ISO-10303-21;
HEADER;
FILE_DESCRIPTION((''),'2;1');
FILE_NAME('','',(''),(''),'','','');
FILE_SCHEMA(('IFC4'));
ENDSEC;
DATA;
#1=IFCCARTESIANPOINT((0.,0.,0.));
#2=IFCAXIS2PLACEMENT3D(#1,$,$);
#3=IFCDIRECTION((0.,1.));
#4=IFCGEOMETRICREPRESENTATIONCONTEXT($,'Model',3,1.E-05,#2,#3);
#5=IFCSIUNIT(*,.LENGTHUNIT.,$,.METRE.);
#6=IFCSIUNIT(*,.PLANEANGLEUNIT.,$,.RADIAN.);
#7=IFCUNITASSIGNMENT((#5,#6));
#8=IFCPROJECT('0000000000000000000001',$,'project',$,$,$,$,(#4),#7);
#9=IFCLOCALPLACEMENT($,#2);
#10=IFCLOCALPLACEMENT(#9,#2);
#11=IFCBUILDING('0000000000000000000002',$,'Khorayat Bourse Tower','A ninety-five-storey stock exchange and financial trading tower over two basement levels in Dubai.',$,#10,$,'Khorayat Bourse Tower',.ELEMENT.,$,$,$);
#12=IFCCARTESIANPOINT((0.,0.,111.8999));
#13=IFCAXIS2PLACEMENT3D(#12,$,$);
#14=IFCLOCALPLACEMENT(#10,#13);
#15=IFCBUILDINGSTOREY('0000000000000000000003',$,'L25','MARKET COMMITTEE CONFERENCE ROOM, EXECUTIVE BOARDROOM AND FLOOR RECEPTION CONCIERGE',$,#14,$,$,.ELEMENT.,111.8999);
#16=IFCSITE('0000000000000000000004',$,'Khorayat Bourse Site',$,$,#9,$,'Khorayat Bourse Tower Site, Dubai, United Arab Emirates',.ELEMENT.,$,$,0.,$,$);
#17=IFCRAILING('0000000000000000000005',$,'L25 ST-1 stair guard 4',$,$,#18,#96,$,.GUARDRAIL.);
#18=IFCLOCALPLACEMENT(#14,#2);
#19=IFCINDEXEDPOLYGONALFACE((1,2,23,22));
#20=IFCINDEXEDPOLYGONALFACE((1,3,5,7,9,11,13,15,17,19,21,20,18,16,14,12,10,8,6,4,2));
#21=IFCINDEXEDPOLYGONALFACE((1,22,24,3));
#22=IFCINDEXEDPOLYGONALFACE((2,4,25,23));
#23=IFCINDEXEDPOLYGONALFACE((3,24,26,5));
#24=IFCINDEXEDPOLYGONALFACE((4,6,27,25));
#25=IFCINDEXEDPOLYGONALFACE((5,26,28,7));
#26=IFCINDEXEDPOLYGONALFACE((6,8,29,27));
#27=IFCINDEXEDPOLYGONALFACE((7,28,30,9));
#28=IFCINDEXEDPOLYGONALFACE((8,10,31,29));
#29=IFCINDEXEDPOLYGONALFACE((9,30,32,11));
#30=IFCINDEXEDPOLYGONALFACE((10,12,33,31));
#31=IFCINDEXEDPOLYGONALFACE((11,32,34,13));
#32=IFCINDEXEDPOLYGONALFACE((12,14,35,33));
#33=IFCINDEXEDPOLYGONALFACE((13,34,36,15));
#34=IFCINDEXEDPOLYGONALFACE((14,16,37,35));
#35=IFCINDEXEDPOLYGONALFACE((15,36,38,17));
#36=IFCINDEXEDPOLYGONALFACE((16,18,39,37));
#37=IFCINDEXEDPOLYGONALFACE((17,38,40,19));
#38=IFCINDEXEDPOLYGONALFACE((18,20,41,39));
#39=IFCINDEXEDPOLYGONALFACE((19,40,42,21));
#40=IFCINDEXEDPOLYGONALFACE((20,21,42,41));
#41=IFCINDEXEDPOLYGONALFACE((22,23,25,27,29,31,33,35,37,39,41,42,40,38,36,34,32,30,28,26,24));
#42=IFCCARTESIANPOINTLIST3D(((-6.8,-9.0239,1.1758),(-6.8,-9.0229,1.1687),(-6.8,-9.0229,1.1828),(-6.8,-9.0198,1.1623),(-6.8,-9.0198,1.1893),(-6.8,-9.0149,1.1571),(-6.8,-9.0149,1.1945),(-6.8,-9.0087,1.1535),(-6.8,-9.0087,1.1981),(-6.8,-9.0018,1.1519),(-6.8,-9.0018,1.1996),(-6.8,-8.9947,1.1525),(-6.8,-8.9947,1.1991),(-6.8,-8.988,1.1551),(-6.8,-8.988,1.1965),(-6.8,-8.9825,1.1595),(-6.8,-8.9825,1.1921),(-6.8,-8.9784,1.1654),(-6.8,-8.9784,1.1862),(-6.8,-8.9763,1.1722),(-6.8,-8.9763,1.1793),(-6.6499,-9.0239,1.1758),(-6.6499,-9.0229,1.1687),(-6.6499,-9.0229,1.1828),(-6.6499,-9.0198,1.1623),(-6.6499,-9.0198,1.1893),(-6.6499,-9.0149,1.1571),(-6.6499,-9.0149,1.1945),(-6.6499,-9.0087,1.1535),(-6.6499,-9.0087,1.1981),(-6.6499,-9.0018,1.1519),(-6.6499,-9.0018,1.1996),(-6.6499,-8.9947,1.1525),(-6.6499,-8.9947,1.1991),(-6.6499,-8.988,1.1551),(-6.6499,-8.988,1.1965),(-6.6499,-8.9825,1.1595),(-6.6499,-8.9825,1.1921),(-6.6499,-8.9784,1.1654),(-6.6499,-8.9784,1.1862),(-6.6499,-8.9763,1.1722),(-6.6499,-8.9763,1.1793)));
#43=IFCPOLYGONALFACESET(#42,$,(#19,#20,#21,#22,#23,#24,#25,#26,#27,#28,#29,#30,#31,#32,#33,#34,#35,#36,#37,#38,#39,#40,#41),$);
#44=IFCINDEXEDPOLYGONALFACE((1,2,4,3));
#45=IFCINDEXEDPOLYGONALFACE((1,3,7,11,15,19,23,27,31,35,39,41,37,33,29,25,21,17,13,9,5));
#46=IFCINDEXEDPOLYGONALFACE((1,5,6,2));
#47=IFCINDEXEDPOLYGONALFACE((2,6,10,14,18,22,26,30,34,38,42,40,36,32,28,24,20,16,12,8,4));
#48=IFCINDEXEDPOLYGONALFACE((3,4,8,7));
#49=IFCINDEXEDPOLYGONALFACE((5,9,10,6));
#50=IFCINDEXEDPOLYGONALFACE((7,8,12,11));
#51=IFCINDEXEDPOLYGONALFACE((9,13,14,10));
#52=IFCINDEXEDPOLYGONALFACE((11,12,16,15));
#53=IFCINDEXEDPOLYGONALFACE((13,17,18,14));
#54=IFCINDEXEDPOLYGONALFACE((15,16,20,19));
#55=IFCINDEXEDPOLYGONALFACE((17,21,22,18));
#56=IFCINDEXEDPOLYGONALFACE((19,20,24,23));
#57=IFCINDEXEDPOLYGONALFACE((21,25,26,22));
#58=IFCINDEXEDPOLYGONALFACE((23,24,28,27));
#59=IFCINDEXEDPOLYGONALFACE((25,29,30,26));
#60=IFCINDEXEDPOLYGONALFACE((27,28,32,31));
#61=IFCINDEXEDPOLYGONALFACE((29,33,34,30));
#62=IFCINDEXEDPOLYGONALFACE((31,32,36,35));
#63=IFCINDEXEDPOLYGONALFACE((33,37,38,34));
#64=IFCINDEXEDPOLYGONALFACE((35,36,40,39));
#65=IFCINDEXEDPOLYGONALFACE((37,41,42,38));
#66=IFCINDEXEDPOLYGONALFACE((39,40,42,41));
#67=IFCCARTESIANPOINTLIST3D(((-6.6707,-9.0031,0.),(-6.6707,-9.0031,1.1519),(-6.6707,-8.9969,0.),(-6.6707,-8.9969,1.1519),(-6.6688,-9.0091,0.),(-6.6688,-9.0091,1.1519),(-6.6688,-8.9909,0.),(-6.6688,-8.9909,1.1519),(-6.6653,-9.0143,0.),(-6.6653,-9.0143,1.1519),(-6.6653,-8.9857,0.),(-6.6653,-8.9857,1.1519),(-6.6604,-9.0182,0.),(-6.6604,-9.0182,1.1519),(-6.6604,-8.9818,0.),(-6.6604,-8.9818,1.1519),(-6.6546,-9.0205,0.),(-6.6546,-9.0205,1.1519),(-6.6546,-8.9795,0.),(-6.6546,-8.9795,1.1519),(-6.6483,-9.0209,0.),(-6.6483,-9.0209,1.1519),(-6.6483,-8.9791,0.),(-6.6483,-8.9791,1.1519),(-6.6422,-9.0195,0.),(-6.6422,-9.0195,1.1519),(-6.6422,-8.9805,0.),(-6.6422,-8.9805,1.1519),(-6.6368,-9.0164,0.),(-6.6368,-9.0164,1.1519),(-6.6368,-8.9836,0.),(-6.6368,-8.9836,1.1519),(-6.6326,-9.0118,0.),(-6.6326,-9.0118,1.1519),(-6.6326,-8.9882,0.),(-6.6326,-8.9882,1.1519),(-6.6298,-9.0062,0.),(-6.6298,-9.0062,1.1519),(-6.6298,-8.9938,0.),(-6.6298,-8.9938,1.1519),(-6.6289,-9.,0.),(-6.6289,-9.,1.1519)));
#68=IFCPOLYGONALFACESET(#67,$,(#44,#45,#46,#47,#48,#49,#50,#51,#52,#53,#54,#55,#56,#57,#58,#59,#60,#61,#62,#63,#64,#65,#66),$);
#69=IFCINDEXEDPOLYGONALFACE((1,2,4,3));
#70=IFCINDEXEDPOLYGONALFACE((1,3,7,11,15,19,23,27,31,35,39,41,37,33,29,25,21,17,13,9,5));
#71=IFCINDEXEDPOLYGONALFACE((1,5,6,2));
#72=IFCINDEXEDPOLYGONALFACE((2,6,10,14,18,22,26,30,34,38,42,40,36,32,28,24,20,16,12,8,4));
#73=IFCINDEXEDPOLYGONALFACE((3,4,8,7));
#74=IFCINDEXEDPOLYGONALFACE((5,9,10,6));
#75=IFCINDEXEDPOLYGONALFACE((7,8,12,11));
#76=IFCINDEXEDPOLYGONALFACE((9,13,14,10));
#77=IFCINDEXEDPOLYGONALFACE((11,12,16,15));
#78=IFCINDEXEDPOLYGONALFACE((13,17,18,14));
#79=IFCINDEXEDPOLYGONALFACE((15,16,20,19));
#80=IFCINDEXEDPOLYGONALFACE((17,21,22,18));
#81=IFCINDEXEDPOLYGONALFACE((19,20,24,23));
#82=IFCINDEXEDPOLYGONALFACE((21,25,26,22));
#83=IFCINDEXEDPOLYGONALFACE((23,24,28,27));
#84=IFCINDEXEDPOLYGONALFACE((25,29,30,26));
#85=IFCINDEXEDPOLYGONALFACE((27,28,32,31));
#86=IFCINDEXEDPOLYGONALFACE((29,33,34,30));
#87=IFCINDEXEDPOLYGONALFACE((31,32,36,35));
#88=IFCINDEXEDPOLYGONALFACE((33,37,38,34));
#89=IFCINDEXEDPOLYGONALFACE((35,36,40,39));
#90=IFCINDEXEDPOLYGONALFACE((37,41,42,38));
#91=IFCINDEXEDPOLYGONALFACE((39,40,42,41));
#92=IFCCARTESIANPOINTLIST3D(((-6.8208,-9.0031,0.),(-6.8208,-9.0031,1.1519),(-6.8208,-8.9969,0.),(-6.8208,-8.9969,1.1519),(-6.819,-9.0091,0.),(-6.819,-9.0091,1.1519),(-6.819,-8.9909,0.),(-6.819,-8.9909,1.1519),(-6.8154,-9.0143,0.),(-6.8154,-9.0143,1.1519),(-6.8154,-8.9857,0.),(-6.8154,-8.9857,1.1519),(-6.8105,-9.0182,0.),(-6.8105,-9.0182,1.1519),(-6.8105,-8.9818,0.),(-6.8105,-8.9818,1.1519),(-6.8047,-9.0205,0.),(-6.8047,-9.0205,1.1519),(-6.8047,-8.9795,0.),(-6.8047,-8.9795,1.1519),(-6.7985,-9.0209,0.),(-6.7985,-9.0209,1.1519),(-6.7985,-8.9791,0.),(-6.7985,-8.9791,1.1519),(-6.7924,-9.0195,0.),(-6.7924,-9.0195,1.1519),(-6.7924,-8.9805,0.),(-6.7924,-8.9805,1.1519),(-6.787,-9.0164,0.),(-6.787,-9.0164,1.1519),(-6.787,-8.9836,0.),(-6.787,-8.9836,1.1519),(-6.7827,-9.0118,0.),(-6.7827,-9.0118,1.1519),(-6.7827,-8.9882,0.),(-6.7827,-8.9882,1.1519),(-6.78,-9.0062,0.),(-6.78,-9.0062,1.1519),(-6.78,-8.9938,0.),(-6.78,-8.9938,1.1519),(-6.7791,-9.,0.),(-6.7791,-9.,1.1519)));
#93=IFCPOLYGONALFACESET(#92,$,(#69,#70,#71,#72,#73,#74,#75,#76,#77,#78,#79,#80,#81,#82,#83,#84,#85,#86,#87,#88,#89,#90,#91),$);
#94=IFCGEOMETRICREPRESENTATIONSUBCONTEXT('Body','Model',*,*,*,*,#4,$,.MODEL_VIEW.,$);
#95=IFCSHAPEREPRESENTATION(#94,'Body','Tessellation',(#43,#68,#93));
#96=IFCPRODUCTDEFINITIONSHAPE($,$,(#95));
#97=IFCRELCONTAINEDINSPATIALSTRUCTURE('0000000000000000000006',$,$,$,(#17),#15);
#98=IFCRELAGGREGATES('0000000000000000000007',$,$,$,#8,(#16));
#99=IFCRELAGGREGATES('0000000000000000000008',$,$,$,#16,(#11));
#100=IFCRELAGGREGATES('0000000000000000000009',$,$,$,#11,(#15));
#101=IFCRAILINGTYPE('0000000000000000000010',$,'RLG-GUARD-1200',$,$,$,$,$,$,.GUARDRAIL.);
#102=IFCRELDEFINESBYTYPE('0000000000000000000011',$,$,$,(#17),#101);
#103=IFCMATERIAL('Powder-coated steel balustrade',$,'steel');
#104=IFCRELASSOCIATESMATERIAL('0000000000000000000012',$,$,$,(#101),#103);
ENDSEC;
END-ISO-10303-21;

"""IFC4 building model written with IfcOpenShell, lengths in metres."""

from ifc_helpers import new_model, si_unit, direction, frame, origin, origin_2d, place, context, subcontext, project, spatial, circle, extrude, source, transform, mapped, material, type_object, element, save


model = new_model("IFC4")

# Units and contexts
model_context = context("Model", 3, precision=1e-05, world=origin(), true_north=direction((0.0, 1.0)))
body_context = subcontext(model_context, "Body", "Model", "MODEL_VIEW")
ifc_project = project(units=[si_unit("LENGTHUNIT", "METRE"), si_unit("PLANEANGLEUNIT", "RADIAN")], contexts=[model_context])

# Site, building, storey
site_placement = place(None, origin())
site = spatial("IfcSite", under=ifc_project, at=site_placement, Name="Khorayat Bourse Site", LongName="Khorayat Bourse Tower Site, Dubai, United Arab Emirates", CompositionType="ELEMENT", RefElevation=0.0)
building_placement = place(site_placement, origin())
building = spatial("IfcBuilding", under=site, at=building_placement, Name="Khorayat Bourse Tower", Description="A ninety-five-storey stock exchange and financial trading tower over two basement levels in Dubai.", LongName="Khorayat Bourse Tower", CompositionType="ELEMENT")
storey_placement = place(building_placement, frame((0.0, 0.0, 111.8999)))
storey = spatial("IfcBuildingStorey", under=building, at=storey_placement, Name="L25", Description="MARKET COMMITTEE CONFERENCE ROOM, EXECUTIVE BOARDROOM AND FLOOR RECEPTION CONCIERGE", CompositionType="ELEMENT", Elevation=111.8999)

# Railing
ifc_material_1 = material(Name="Powder-coated steel balustrade", Category="steel")
railing_type_1 = type_object("IfcRailingType", Name="RLG-GUARD-1200", PredefinedType="GUARDRAIL", material=ifc_material_1)
shared_shape_1 = source(origin(), body_context, "Body", "SweptSolid", [
    extrude(circle(Radius=0.0239, at=origin_2d()), frame((0.0, 0.0, 1.1758), z_axis=(-1.0, 0.0, 0.0), x_axis=(0.0, -1.0, 0.0)), (0.0, 0.0, 1.0), 0.1501),
    extrude(circle(Radius=0.021, at=origin_2d()), origin(), (0.0, 0.0, 1.0), 1.1519),
    extrude(circle(Radius=0.021, at=origin_2d()), frame((-0.1501, 0.0, 0.0)), (0.0, 0.0, 1.0), 1.1519),
])
for number, where, name in (
    (1, (-6.6499, -9.0, 0.0), "L25 ST-1 stair guard 4"),
):
    element("IfcRailing", number, at=place(storey_placement, frame(where)), inside=storey, type_object=railing_type_1, Name=name, PredefinedType="GUARDRAIL", context=body_context, shape_type="MappedRepresentation", body=[
        mapped(shared_shape_1, transform((0.0, 0.0, 0.0), scale=1.0)),
    ])

save(model, "model.ifc")
